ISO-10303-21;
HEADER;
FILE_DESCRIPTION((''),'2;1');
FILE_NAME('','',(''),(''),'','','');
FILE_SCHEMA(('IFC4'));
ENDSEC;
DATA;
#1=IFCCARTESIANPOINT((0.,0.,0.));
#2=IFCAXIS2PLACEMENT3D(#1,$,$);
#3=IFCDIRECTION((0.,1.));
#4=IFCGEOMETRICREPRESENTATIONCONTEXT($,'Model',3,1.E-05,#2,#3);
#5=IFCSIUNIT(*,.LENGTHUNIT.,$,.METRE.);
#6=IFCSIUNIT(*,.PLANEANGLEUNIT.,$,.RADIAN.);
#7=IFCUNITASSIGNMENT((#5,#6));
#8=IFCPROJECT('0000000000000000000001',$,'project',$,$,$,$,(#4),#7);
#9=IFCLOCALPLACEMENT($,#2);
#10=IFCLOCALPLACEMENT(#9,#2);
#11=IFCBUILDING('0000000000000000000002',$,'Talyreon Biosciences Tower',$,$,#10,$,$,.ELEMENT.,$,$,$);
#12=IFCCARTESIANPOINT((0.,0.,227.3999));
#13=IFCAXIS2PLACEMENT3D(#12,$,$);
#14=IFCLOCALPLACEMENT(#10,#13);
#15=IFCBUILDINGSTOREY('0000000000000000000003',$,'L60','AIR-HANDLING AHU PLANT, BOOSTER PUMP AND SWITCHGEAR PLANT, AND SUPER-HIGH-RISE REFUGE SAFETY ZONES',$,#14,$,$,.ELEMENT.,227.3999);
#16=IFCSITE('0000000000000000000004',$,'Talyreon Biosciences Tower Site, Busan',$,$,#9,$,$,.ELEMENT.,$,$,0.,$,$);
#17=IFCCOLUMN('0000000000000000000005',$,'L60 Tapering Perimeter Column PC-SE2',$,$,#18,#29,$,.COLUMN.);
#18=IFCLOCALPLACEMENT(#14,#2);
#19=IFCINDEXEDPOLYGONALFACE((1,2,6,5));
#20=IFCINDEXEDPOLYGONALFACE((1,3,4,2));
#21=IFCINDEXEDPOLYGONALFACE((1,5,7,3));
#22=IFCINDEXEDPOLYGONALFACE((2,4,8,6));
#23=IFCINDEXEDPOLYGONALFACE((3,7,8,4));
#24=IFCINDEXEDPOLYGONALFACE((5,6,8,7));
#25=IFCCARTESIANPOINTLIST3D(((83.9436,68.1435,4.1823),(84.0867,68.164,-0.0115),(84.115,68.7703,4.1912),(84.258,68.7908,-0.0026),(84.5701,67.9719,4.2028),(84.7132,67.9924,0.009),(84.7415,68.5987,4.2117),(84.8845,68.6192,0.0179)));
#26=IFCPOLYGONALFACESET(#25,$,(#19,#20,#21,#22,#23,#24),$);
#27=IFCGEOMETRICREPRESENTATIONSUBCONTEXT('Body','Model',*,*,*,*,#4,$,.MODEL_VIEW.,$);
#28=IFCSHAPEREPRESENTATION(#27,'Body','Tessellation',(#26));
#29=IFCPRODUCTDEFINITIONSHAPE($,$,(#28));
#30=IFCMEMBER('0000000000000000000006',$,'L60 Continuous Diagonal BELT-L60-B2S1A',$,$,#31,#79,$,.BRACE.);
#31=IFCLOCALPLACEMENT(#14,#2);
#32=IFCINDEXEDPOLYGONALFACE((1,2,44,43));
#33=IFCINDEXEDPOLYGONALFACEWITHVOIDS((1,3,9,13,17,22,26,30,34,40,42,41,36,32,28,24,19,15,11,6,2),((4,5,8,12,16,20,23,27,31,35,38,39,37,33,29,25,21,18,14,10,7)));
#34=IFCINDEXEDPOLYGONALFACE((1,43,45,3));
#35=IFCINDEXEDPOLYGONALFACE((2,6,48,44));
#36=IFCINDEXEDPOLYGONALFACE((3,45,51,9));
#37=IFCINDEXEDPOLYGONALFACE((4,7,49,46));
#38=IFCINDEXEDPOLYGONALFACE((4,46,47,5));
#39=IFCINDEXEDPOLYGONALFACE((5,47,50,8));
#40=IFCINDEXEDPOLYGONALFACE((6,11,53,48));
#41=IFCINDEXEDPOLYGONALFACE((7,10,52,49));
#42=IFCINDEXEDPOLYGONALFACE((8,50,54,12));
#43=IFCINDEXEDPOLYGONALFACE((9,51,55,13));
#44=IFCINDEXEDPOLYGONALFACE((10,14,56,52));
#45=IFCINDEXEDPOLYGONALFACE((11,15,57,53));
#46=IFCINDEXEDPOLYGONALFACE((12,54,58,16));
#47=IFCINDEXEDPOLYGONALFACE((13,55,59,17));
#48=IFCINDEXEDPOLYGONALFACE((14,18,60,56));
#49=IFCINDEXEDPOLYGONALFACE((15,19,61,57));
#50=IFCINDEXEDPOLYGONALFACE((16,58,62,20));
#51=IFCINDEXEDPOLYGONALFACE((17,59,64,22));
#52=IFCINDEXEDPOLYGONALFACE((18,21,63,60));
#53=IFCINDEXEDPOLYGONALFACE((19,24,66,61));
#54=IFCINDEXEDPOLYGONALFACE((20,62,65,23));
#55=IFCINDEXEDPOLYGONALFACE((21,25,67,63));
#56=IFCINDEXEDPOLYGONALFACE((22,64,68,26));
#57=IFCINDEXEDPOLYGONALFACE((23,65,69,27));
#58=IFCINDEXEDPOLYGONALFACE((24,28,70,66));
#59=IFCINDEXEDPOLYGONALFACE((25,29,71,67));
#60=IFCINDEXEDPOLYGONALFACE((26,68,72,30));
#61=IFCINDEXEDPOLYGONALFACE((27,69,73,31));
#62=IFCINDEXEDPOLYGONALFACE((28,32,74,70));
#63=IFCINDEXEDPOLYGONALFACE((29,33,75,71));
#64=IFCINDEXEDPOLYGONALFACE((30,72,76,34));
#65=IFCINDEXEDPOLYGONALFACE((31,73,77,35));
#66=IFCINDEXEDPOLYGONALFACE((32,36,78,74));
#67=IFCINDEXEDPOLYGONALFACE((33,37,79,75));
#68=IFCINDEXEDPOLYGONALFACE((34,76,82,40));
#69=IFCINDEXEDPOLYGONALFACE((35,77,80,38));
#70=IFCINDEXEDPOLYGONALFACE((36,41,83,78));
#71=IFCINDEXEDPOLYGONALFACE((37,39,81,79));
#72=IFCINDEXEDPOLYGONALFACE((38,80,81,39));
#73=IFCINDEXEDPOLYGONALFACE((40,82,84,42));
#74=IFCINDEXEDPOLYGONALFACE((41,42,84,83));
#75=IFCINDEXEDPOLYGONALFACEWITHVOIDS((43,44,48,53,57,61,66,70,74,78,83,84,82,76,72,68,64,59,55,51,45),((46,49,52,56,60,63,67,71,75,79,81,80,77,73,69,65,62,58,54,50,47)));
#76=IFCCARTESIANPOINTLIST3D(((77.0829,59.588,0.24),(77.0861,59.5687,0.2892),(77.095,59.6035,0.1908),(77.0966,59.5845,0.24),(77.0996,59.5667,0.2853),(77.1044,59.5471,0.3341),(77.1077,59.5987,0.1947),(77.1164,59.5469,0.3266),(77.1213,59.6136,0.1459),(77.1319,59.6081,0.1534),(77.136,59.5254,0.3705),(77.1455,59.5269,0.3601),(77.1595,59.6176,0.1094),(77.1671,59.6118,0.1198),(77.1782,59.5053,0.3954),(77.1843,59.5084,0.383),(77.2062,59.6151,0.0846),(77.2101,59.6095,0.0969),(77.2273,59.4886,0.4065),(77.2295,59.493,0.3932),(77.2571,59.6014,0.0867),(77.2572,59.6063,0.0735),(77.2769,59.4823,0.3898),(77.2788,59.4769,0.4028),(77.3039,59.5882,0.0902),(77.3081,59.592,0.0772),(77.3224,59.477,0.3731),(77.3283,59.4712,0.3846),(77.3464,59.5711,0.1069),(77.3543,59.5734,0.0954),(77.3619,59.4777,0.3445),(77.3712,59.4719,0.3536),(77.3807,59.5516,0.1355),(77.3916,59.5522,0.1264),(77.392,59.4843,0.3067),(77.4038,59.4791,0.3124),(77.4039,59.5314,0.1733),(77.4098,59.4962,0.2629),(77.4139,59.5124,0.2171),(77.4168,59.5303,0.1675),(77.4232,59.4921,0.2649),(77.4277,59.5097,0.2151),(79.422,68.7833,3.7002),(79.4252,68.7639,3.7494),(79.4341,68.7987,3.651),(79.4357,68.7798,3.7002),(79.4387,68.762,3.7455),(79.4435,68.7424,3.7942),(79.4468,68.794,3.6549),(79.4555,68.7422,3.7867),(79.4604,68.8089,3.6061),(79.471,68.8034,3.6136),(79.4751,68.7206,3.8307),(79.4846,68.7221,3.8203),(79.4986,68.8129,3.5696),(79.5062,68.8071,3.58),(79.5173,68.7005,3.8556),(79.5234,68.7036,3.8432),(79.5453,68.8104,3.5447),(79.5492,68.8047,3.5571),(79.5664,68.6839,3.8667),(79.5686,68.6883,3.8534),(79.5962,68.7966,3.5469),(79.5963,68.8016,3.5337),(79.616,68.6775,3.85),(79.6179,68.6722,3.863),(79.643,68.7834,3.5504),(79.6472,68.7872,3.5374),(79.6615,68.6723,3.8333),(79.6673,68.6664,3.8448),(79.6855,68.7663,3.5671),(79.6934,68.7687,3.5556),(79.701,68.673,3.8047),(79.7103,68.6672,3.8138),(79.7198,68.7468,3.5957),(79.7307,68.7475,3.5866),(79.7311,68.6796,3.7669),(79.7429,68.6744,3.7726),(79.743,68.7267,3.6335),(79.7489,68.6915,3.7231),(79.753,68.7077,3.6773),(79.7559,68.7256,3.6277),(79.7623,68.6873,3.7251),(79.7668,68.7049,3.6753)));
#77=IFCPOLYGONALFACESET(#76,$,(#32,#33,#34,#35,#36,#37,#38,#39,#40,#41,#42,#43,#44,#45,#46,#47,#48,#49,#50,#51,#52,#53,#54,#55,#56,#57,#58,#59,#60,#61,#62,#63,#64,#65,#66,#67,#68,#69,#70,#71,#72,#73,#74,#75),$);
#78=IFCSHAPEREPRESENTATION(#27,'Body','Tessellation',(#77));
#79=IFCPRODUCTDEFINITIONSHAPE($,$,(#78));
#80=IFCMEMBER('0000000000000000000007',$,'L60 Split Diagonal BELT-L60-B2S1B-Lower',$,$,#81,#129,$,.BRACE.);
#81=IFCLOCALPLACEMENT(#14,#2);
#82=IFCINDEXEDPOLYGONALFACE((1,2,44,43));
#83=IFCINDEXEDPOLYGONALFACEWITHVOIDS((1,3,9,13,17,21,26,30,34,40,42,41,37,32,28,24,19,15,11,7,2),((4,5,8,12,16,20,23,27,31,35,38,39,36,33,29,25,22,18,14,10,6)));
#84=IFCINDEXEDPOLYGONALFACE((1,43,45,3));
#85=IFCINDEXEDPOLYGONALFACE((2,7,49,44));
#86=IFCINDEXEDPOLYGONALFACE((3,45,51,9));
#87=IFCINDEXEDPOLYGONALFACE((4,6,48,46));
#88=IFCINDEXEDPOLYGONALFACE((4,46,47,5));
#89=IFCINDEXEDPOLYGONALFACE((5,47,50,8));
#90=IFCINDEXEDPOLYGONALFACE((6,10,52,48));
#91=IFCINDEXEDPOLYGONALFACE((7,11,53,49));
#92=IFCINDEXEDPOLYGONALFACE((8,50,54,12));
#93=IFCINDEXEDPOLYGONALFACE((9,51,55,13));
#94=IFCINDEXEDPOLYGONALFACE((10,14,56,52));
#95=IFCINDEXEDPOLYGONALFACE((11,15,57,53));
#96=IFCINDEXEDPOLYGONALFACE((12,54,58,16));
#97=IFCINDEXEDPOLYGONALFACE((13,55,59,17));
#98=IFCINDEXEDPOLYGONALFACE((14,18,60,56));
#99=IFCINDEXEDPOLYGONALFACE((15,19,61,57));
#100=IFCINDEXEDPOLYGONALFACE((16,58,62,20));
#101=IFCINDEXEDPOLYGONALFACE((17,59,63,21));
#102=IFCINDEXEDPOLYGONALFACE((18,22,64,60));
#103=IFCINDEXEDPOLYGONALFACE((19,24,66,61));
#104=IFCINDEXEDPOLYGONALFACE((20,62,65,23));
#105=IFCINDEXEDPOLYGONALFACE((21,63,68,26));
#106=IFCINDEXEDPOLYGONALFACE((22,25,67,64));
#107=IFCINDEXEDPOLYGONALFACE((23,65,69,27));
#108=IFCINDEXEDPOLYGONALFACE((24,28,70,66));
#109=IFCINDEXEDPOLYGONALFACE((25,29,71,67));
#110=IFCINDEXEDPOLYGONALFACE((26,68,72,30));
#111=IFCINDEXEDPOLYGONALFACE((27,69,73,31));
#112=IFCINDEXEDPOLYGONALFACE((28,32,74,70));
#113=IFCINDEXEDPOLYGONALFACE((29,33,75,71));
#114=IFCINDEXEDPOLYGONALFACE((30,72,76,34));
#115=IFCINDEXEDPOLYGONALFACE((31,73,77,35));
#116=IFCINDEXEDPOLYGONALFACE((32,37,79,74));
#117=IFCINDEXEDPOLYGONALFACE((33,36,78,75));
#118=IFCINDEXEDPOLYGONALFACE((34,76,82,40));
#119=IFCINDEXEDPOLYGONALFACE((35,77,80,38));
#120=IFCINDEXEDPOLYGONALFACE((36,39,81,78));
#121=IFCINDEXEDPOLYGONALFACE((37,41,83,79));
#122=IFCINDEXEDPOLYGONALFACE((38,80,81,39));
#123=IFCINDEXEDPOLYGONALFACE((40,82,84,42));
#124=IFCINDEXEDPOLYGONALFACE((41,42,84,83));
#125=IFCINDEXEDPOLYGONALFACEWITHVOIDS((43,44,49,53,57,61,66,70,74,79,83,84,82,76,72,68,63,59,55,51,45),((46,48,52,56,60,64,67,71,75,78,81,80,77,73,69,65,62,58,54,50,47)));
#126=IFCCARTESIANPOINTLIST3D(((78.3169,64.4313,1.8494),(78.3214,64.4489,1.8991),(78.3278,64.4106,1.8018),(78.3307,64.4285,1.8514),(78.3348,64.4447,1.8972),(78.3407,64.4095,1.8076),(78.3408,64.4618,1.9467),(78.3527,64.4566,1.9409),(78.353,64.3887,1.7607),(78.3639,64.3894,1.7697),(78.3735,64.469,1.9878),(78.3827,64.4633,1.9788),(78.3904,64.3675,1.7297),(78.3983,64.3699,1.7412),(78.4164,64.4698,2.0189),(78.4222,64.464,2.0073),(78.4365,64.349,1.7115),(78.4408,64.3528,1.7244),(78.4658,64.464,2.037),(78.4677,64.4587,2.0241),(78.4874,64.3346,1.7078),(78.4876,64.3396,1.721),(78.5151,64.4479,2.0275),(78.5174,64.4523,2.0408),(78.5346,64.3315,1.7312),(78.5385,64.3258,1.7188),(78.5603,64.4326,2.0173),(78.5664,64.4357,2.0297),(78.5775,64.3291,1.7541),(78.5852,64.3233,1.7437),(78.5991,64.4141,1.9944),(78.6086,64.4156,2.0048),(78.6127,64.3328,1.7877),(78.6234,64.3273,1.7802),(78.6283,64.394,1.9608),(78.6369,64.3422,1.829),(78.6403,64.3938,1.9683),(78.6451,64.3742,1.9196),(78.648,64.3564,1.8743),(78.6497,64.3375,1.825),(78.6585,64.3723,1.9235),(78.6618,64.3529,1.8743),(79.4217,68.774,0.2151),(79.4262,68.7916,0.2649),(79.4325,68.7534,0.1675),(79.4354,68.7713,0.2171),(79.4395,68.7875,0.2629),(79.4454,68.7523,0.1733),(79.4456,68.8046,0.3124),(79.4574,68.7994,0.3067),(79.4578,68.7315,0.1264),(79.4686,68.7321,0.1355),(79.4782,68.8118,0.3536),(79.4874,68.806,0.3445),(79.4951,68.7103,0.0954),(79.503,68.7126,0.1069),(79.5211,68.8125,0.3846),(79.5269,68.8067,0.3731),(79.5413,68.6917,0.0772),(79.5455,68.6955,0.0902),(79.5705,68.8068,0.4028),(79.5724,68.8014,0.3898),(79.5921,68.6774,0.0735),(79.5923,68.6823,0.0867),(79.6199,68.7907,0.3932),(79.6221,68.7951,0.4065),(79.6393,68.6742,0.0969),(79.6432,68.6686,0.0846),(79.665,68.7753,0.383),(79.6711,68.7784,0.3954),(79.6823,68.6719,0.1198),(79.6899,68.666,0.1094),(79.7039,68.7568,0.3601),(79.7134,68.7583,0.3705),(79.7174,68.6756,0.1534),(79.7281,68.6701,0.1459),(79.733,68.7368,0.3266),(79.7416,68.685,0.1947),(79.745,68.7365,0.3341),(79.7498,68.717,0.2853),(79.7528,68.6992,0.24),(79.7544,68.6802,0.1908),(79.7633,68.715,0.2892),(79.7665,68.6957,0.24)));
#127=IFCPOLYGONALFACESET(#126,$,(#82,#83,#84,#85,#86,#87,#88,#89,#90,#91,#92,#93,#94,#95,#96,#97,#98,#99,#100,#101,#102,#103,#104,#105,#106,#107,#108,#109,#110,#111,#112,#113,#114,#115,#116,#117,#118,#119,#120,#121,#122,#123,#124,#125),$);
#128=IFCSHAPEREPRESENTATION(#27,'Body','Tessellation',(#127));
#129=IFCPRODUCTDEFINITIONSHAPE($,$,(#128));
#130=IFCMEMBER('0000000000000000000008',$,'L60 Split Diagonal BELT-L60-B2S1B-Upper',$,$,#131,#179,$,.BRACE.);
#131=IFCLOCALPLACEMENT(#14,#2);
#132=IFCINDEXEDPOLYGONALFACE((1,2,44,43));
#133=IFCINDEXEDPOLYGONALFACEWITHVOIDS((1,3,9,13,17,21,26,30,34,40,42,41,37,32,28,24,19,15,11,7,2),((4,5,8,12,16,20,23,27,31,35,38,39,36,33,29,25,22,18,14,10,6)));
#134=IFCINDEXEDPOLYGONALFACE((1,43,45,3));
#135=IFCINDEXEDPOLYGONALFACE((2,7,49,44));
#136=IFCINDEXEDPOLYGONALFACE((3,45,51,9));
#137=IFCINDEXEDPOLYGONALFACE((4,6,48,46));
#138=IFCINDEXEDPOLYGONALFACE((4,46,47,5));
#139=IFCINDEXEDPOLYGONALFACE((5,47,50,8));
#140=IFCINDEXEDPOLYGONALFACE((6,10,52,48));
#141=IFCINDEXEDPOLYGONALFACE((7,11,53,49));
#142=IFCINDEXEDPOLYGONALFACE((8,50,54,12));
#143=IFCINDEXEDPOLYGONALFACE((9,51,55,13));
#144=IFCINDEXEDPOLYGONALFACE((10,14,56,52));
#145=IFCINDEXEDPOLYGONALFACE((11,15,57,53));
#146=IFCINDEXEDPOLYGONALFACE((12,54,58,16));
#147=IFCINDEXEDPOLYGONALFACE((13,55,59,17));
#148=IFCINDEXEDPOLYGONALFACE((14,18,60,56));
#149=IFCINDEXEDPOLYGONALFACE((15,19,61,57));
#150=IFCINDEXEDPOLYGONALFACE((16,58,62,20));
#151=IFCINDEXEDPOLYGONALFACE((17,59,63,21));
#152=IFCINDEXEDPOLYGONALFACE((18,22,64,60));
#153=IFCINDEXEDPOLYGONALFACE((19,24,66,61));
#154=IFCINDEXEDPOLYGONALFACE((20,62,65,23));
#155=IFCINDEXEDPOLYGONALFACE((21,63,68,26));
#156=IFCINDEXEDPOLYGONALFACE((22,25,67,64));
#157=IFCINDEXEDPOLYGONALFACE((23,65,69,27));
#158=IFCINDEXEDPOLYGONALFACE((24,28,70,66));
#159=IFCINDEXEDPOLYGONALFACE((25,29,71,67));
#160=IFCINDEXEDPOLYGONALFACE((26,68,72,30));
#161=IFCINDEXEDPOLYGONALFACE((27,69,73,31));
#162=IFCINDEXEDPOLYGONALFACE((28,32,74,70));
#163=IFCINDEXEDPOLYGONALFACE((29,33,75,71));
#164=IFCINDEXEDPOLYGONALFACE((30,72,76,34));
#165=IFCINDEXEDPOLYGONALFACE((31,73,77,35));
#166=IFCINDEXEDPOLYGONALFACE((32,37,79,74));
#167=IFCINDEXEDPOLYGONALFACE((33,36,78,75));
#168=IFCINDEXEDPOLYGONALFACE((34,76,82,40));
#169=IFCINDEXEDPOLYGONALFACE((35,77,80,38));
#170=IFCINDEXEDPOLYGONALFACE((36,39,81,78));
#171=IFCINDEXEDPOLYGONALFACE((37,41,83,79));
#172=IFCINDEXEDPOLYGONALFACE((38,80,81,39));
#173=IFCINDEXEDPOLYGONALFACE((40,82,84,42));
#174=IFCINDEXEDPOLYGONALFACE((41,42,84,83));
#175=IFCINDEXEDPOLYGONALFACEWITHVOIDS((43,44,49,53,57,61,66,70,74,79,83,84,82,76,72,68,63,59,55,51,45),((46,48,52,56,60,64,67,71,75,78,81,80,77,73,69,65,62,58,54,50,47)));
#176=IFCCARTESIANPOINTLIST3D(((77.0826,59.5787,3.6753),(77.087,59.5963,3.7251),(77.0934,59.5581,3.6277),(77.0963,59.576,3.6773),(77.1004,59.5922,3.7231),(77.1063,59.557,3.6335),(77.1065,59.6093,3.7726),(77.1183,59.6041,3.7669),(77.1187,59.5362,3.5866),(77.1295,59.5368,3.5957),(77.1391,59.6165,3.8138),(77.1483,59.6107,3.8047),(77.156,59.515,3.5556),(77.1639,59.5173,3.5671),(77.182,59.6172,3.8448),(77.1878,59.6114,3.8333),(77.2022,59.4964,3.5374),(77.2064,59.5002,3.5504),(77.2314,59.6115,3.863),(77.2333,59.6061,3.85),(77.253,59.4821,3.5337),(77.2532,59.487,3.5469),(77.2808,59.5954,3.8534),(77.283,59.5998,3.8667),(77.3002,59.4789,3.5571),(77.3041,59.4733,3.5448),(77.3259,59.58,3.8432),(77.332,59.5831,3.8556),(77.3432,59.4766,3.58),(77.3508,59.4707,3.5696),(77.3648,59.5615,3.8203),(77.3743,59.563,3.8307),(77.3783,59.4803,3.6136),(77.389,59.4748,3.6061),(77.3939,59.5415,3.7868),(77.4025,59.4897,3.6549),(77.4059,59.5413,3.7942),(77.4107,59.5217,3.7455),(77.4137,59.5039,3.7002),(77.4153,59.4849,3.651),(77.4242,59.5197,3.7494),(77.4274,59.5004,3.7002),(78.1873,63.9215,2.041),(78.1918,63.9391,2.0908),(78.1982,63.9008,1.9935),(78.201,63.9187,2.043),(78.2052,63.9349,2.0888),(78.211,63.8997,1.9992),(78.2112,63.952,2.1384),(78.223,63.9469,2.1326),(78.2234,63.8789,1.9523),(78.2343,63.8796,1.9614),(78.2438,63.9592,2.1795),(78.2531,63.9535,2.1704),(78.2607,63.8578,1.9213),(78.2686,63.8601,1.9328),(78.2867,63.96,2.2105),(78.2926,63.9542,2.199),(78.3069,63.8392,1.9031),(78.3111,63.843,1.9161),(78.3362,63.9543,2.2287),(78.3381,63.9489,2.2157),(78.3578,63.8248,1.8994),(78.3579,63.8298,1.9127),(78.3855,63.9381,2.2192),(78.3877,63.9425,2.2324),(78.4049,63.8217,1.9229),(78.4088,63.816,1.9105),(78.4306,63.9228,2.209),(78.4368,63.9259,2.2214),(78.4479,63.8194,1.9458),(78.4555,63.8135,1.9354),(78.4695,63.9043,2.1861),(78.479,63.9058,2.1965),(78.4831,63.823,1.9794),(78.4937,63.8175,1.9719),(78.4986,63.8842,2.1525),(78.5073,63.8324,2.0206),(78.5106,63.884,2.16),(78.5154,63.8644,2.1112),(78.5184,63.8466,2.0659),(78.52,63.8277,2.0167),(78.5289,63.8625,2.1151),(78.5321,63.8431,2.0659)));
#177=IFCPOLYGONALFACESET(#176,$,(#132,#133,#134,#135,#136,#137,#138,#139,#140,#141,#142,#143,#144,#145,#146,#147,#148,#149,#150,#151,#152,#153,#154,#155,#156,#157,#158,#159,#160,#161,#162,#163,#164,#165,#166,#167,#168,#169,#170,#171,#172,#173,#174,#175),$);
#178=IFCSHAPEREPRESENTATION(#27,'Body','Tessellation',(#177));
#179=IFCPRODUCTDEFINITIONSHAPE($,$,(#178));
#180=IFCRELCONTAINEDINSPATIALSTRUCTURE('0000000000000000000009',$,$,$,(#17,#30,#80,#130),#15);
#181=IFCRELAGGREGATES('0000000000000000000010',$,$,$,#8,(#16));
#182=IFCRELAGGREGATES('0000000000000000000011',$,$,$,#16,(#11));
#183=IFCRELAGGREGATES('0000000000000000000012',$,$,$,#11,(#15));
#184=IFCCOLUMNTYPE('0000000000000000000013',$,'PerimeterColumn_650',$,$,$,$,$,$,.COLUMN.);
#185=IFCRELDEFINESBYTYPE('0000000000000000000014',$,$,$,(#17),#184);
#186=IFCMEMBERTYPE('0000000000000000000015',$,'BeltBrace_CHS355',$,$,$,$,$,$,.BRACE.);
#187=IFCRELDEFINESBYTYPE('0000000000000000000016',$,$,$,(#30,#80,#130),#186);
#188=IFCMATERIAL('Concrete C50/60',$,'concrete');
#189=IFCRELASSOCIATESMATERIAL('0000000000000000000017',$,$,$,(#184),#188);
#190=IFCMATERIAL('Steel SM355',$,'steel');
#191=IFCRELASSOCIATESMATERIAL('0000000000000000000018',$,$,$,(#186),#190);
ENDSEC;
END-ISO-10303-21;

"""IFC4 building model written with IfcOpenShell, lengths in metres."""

from ifc_helpers import new_model, si_unit, direction, frame, origin, origin_2d, place, context, subcontext, project, spatial, rectangle, hollow_circle, extrude, material, material_profile, profile_set, type_object, element, save


model = new_model("IFC4")

# Units and contexts
model_context = context("Model", 3, precision=1e-05, world=origin(), true_north=direction((0.0, 1.0)))
body_context = subcontext(model_context, "Body", "Model", "MODEL_VIEW")
ifc_project = project(units=[si_unit("LENGTHUNIT", "METRE"), si_unit("PLANEANGLEUNIT", "RADIAN")], contexts=[model_context])

# Site, building, storey
site_placement = place(None, origin())
site = spatial("IfcSite", under=ifc_project, at=site_placement, Name="Talyreon Biosciences Tower Site, Busan", CompositionType="ELEMENT", RefElevation=0.0)
building_placement = place(site_placement, origin())
building = spatial("IfcBuilding", under=site, at=building_placement, Name="Talyreon Biosciences Tower", CompositionType="ELEMENT")
storey_placement = place(building_placement, frame((0.0, 0.0, 227.3999)))
storey = spatial("IfcBuildingStorey", under=building, at=storey_placement, Name="L60", Description="AIR-HANDLING AHU PLANT, BOOSTER PUMP AND SWITCHGEAR PLANT, AND SUPER-HIGH-RISE REFUGE SAFETY ZONES", CompositionType="ELEMENT", Elevation=227.3999)

# Column
ifc_material_1 = material(Name="Concrete C50/60", Category="concrete")
ifc_material_profile_1 = material_profile(ifc_material_1, rectangle(XDim=0.6499, YDim=0.6499, at=origin_2d()), Name="RC 650x650")
ifc_profile_set_1 = profile_set([ifc_material_profile_1], Name="Concrete C50/60")
column_type = type_object("IfcColumnType", Name="PerimeterColumn_650", PredefinedType="COLUMN", material=ifc_profile_set_1)
column_placement = place(storey_placement, frame((84.4856, 68.3916, 0.0032), z_axis=(-0.034093, -0.004887, 0.999407), x_axis=(0.964007, -0.263993, 0.031595)))
element("IfcColumn", 1, at=column_placement, inside=storey, type_object=column_type, Name="L60 Tapering Perimeter Column PC-SE2", PredefinedType="COLUMN", context=body_context, shape_type="SweptSolid", body=[
    extrude(rectangle(XDim=0.6499, YDim=0.6499, at=origin_2d()), origin(), (0.0, 0.0, 1.0), 4.1963),
])

# Members
ifc_material_2 = material(Name="Steel SM355", Category="steel")
ifc_material_profile_2 = material_profile(ifc_material_2, hollow_circle(Radius=0.1777, WallThickness=0.0142, at=origin_2d()), Name="CHS 355.6x14.2")
ifc_profile_set_2 = profile_set([ifc_material_profile_2], Name="Steel SM355")
member_type_1 = type_object("IfcMemberType", Name="BeltBrace_CHS355", PredefinedType="BRACE", material=ifc_profile_set_2)
member_1_placement = place(storey_placement, frame((77.2551, 59.5442, 0.24), z_axis=(0.231609, 0.910479, 0.342614), x_axis=(-0.969135, 0.246529, 0.0)))
element("IfcMember", 2, at=member_1_placement, inside=storey, type_object=member_type_1, Name="L60 Continuous Diagonal BELT-L60-B2S1A", PredefinedType="BRACE", context=body_context, shape_type="SweptSolid", body=[
    extrude(hollow_circle(Radius=0.1777, WallThickness=0.0142, at=origin_2d()), origin(), (0.0, 0.0, 1.0), 10.0994),
])
for number, where, z_axis, x_axis, name in (
    (3, (79.5942, 68.7395, 0.24), (-0.231611, -0.910473, 0.34263), (0.969134, -0.246533, 0.0), "L60 Split Diagonal BELT-L60-B2S1B-Lower"),
    (4, (78.3599, 63.887, 2.0659), (-0.231611, -0.910473, 0.34263), (0.969134, -0.246533, 0.0), "L60 Split Diagonal BELT-L60-B2S1B-Upper"),
):
    element("IfcMember", number, at=place(storey_placement, frame(where, z_axis=z_axis, x_axis=x_axis)), inside=storey, type_object=member_type_1, Name=name, PredefinedType="BRACE", context=body_context, shape_type="SweptSolid", body=[
        extrude(hollow_circle(Radius=0.1777, WallThickness=0.0142, at=origin_2d()), origin(), (0.0, 0.0, 1.0), 4.7698),
    ])

save(model, "model.ifc")
